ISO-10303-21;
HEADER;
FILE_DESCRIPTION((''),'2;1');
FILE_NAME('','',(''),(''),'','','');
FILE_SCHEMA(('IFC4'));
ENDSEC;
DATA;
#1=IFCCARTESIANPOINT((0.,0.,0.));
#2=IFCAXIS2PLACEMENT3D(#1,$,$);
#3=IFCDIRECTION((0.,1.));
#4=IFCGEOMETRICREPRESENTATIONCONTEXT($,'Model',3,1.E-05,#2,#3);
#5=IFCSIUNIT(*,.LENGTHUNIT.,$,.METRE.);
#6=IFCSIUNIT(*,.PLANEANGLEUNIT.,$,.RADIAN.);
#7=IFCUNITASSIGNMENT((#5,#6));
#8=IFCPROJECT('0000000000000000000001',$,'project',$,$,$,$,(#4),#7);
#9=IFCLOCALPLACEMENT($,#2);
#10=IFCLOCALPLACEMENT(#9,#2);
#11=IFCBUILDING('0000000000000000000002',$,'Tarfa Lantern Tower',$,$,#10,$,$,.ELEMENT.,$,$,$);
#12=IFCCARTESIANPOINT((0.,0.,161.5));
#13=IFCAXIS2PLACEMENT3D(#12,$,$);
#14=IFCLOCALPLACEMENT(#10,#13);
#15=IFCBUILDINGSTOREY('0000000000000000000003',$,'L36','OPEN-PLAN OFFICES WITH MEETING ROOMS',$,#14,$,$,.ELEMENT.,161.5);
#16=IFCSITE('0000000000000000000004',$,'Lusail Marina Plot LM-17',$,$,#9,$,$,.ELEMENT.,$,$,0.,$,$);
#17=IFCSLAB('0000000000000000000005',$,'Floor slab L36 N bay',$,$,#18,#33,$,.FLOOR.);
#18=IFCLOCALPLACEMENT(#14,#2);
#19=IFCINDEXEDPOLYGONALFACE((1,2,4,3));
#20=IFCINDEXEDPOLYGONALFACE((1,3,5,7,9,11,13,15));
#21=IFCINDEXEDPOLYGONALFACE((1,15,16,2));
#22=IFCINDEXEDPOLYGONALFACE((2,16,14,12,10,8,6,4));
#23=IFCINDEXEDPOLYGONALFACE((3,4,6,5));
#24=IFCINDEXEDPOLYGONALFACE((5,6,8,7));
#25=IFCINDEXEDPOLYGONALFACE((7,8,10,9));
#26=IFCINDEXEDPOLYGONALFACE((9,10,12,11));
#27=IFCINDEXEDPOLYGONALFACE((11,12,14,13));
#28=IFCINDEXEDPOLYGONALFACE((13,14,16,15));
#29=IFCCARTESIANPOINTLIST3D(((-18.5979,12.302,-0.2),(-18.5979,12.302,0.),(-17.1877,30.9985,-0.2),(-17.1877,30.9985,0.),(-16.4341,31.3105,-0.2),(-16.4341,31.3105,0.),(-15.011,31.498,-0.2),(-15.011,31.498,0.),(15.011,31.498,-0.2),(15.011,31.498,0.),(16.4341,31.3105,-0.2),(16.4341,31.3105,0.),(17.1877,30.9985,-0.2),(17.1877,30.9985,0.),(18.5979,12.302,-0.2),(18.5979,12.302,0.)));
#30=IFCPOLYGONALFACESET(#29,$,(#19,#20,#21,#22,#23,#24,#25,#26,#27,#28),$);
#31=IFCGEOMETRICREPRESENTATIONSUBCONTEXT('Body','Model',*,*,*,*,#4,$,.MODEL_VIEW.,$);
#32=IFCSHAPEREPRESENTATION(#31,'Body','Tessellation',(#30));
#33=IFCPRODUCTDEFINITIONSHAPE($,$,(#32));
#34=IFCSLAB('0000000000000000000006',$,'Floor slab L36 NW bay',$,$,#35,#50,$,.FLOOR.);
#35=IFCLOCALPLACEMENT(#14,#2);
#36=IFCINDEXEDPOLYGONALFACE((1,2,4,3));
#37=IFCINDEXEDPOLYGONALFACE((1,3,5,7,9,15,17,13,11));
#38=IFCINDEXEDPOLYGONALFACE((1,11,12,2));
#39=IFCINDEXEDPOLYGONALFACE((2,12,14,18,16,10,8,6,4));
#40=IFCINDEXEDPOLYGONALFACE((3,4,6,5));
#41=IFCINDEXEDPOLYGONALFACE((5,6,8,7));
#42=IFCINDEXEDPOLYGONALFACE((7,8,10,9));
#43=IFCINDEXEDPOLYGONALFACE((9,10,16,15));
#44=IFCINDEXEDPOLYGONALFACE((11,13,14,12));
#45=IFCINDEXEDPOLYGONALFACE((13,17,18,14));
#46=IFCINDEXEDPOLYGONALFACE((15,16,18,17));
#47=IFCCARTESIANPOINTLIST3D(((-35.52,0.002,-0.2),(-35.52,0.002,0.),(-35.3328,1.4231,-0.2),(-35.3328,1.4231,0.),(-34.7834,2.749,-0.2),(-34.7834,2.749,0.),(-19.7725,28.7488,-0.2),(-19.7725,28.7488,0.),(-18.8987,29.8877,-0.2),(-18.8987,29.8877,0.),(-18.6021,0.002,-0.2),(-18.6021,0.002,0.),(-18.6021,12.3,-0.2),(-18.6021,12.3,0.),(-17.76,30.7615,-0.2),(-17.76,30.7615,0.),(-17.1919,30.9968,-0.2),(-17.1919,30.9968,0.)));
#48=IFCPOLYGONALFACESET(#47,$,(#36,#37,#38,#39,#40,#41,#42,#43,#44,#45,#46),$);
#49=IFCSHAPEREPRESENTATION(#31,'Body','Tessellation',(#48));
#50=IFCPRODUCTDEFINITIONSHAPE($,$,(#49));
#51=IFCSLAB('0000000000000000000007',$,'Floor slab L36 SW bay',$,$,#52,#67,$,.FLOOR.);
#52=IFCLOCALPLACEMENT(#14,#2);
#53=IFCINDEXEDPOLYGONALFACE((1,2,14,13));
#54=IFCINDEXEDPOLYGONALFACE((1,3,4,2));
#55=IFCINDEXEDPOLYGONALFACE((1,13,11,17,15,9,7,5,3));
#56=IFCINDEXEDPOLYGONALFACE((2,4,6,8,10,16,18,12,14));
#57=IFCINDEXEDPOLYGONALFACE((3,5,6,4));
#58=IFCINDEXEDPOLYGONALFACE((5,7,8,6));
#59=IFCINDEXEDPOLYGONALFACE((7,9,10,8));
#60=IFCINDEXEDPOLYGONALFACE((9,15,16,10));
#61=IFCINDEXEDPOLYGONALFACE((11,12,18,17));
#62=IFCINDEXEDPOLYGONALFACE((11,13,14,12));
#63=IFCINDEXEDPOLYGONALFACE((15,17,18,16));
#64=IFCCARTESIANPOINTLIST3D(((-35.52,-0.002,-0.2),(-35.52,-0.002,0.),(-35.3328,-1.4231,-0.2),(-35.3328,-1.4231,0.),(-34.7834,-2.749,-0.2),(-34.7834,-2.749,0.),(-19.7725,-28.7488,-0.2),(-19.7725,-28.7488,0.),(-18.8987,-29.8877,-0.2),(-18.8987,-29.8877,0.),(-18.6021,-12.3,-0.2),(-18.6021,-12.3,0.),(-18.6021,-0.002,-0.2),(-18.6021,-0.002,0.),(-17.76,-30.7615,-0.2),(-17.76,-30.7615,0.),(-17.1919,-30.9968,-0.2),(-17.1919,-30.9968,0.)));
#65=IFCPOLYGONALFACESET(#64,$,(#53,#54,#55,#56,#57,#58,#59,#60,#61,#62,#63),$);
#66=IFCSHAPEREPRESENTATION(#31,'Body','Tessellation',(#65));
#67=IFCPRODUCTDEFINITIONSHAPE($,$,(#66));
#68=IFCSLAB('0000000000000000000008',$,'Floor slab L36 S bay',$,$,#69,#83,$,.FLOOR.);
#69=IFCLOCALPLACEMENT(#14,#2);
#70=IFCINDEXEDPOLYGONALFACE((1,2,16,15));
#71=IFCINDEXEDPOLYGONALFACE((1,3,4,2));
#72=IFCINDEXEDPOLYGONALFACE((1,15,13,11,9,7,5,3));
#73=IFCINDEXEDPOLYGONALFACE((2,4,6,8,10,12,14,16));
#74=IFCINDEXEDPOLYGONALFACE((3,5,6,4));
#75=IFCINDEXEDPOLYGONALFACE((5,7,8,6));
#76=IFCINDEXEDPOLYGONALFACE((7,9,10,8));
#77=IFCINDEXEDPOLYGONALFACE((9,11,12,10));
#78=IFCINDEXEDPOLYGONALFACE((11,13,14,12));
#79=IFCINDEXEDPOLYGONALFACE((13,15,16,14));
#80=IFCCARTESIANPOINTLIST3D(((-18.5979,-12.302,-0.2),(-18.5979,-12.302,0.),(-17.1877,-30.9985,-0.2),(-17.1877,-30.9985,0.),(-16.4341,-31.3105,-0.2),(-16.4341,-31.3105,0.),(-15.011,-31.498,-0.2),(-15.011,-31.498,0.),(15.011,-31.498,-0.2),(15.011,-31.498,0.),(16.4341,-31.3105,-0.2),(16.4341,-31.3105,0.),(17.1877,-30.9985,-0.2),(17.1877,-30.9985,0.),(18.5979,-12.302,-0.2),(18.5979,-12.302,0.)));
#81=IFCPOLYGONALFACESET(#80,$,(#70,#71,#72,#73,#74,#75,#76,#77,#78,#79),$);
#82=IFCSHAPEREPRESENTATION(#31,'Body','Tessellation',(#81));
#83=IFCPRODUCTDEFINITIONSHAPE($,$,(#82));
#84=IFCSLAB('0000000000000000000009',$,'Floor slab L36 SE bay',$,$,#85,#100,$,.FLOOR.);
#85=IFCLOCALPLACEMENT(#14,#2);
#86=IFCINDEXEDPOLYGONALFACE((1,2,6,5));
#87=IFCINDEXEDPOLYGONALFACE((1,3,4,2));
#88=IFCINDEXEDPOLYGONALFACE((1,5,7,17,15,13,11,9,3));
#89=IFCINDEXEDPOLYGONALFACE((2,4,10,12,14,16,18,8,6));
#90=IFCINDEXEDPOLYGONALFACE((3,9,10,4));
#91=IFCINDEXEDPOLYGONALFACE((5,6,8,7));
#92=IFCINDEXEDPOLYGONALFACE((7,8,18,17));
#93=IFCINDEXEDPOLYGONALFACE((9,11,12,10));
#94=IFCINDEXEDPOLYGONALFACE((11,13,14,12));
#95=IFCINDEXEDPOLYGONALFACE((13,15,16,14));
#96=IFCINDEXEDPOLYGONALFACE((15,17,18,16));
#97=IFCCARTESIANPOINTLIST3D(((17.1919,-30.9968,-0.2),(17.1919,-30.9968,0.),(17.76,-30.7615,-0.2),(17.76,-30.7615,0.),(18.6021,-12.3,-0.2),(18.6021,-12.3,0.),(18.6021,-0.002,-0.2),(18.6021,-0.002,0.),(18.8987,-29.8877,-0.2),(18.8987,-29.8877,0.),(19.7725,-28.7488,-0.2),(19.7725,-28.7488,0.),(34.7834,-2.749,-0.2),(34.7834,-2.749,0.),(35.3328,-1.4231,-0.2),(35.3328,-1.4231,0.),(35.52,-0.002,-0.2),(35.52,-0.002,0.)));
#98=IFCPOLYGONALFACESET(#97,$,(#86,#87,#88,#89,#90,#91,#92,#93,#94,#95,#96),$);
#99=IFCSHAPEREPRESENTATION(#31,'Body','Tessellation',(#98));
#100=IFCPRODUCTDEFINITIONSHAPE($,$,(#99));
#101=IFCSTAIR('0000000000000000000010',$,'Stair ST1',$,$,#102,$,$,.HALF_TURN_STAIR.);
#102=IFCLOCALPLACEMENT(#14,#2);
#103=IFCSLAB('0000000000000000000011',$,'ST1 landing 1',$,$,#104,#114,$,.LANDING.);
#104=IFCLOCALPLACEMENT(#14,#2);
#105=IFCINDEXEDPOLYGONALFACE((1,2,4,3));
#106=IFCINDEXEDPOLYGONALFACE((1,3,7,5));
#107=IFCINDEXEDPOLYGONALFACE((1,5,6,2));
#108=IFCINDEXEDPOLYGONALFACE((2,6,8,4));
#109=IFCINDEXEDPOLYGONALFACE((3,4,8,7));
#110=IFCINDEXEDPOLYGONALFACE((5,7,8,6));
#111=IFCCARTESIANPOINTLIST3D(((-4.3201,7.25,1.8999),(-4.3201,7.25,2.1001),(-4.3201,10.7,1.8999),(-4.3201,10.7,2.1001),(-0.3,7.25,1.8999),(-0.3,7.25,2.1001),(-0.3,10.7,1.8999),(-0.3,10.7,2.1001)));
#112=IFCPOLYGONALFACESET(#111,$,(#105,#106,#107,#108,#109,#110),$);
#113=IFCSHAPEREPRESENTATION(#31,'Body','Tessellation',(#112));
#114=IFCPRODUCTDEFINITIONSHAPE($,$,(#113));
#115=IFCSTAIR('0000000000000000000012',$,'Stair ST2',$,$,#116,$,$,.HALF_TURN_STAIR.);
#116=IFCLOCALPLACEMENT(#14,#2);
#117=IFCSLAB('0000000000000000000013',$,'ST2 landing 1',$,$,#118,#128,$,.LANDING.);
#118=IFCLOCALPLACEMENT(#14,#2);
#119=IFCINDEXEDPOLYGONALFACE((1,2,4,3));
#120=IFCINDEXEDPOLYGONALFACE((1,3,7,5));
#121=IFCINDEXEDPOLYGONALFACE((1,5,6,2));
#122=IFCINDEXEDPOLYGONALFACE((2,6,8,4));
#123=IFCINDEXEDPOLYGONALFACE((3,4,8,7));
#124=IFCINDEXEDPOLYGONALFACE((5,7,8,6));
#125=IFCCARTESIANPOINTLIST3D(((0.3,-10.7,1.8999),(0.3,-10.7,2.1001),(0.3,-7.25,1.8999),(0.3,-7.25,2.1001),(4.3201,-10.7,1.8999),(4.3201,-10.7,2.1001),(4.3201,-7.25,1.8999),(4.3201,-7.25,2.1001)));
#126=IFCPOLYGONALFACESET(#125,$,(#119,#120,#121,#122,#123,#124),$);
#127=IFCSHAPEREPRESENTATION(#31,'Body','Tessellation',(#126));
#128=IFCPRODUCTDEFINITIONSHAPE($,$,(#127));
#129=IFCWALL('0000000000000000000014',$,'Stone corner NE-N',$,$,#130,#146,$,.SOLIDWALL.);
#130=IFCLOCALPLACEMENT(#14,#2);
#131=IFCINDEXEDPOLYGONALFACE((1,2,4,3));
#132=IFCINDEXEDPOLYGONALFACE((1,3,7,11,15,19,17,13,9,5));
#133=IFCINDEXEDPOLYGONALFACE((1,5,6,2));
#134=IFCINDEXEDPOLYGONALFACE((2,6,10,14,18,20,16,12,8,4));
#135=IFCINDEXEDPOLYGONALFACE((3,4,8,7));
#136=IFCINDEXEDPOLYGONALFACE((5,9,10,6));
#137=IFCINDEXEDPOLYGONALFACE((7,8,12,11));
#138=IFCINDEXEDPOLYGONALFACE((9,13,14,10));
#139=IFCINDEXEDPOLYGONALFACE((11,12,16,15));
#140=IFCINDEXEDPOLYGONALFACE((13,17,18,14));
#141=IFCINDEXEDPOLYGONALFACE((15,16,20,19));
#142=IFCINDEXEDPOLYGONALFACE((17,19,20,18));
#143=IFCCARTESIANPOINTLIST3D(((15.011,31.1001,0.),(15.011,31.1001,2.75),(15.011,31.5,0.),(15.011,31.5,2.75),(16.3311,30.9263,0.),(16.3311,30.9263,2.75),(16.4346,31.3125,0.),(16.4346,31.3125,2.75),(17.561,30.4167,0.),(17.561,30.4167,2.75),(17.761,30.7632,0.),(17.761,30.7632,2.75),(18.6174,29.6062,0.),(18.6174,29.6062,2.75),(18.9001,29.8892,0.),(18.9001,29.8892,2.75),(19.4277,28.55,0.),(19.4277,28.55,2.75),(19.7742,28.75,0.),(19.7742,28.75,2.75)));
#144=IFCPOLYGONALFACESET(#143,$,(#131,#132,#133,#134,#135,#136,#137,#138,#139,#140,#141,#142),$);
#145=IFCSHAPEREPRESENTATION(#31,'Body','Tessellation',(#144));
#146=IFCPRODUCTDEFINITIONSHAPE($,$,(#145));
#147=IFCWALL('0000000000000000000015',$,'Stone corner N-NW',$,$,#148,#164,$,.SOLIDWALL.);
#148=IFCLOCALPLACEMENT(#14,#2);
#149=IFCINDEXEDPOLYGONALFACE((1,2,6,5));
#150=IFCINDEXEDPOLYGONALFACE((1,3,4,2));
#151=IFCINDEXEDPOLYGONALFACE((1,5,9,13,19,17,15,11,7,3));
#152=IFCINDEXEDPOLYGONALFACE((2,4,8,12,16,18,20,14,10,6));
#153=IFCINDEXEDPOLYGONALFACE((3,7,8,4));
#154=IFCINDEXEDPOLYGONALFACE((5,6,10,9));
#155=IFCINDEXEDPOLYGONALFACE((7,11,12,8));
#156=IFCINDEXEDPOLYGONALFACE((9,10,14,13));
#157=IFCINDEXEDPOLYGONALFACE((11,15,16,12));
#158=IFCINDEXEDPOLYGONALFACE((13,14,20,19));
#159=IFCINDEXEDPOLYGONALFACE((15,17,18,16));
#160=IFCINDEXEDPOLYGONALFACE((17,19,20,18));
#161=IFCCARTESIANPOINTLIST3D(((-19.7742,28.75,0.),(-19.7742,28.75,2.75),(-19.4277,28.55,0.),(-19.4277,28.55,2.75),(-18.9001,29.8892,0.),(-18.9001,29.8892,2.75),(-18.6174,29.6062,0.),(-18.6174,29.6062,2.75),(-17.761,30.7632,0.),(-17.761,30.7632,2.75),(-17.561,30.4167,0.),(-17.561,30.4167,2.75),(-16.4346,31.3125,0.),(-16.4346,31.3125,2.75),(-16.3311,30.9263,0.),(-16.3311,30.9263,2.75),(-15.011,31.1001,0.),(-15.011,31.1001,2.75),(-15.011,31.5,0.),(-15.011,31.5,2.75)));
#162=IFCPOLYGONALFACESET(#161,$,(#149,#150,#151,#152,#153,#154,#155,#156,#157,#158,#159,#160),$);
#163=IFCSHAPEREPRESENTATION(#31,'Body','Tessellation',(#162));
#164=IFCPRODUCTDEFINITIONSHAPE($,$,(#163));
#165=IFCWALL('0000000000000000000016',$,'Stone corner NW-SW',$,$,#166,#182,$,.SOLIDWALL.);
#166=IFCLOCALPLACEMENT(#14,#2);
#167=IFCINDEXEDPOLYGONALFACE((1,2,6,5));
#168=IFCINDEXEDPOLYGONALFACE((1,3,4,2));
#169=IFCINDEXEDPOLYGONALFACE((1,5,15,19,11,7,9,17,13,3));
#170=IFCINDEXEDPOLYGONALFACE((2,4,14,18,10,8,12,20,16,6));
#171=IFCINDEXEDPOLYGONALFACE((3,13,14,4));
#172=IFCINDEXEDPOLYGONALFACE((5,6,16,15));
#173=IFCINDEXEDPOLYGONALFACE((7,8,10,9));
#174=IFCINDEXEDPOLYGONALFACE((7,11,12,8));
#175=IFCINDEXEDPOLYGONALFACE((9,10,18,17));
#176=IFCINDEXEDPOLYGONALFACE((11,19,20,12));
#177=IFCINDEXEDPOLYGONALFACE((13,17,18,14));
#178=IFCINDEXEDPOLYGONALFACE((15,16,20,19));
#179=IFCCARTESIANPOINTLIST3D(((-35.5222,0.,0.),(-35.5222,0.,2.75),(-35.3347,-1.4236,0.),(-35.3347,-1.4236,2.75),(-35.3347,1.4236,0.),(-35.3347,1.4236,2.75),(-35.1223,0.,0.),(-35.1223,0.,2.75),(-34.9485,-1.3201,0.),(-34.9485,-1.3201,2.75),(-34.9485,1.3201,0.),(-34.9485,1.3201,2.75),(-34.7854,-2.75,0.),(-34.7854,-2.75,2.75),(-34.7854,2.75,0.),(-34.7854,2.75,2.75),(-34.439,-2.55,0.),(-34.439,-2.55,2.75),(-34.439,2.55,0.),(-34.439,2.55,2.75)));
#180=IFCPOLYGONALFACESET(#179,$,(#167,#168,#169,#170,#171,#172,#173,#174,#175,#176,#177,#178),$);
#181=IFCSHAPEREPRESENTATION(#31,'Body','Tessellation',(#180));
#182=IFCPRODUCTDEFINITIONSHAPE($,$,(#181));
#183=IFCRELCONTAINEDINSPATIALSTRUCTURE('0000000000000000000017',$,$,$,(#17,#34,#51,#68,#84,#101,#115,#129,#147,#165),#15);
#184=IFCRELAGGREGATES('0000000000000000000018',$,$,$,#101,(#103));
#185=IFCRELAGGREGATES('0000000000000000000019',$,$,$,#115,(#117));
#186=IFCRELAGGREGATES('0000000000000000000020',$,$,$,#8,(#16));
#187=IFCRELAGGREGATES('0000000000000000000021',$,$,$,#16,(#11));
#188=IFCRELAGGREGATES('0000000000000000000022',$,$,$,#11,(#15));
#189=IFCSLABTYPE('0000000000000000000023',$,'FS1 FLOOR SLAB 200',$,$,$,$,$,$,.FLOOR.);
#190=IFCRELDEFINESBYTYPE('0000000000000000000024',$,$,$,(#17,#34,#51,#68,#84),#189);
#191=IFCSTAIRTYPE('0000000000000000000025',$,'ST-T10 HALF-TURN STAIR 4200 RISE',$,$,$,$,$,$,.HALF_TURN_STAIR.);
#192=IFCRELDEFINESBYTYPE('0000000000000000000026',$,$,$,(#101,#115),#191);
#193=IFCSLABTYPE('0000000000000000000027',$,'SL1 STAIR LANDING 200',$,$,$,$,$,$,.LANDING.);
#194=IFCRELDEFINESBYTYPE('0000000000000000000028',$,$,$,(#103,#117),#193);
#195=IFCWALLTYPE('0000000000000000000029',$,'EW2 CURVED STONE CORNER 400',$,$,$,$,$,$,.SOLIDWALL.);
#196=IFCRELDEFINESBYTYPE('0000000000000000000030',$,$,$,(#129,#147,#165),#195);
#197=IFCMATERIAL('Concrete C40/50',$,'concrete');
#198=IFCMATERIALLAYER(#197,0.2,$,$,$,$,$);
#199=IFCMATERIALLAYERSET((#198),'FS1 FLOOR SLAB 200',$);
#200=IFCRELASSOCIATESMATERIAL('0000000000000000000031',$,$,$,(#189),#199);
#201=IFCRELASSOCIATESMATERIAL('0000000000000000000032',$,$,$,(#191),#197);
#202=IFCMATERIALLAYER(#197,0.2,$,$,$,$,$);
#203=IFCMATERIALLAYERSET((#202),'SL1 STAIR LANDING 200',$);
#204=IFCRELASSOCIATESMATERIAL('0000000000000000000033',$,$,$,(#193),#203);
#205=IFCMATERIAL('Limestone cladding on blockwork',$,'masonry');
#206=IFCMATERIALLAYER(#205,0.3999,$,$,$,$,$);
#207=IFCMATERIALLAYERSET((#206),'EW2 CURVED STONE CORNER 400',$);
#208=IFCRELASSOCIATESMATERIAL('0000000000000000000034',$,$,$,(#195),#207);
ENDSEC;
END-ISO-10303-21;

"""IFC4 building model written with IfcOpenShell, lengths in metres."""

from ifc_helpers import new_model, si_unit, direction, frame, origin, place, context, subcontext, project, spatial, polyline, outline, extrude, material, layer, layer_set, type_object, element, aggregate, save


model = new_model("IFC4")

# Units and contexts
model_context = context("Model", 3, precision=1e-05, world=origin(), true_north=direction((0.0, 1.0)))
body_context = subcontext(model_context, "Body", "Model", "MODEL_VIEW")
ifc_project = project(units=[si_unit("LENGTHUNIT", "METRE"), si_unit("PLANEANGLEUNIT", "RADIAN")], contexts=[model_context])

# Site, building, storey
site_placement = place(None, origin())
site = spatial("IfcSite", under=ifc_project, at=site_placement, Name="Lusail Marina Plot LM-17", CompositionType="ELEMENT", RefElevation=0.0)
building_placement = place(site_placement, origin())
building = spatial("IfcBuilding", under=site, at=building_placement, Name="Tarfa Lantern Tower", CompositionType="ELEMENT")
storey_placement = place(building_placement, frame((0.0, 0.0, 161.5)))
storey = spatial("IfcBuildingStorey", under=building, at=storey_placement, Name="L36", Description="OPEN-PLAN OFFICES WITH MEETING ROOMS", CompositionType="ELEMENT", Elevation=161.5)

# Slabs
ifc_material_1 = material(Name="Concrete C40/50", Category="concrete")
ifc_layer_1 = layer(ifc_material_1, 0.2)
ifc_layer_set_1 = layer_set([ifc_layer_1], Name="FS1 FLOOR SLAB 200")
slab_type_1 = type_object("IfcSlabType", Name="FS1 FLOOR SLAB 200", PredefinedType="FLOOR", material=ifc_layer_set_1)
slab_1_placement = place(storey_placement, frame((0.0, 0.0, -0.2)))
element("IfcSlab", 1, at=slab_1_placement, inside=storey, type_object=slab_type_1, Name="Floor slab L36 N bay", PredefinedType="FLOOR", context=body_context, shape_type="SweptSolid", body=[
    extrude(outline(polyline([(-18.5979, 12.302), (18.5979, 12.302), (17.1877, 30.9985), (16.4341, 31.3105), (15.011, 31.498), (-15.011, 31.498), (-16.4341, 31.3105), (-17.1877, 30.9985), (-18.5979, 12.302)])), origin(), (0.0, 0.0, 1.0), 0.2),
])
slab_2_placement = place(storey_placement, frame((0.0, 0.0, -0.2)))
element("IfcSlab", 2, at=slab_2_placement, inside=storey, type_object=slab_type_1, Name="Floor slab L36 NW bay", PredefinedType="FLOOR", context=body_context, shape_type="SweptSolid", body=[
    extrude(outline(polyline([(-18.6021, 0.002), (-18.6021, 12.3), (-17.1919, 30.9968), (-17.76, 30.7615), (-18.8987, 29.8877), (-19.7725, 28.7488), (-34.7834, 2.749), (-35.3328, 1.4231), (-35.52, 0.002), (-18.6021, 0.002)])), origin(), (0.0, 0.0, 1.0), 0.2),
])
slab_3_placement = place(storey_placement, frame((0.0, 0.0, -0.2)))
element("IfcSlab", 3, at=slab_3_placement, inside=storey, type_object=slab_type_1, Name="Floor slab L36 SW bay", PredefinedType="FLOOR", context=body_context, shape_type="SweptSolid", body=[
    extrude(outline(polyline([(-18.6021, -12.3), (-18.6021, -0.002), (-35.52, -0.002), (-35.3328, -1.4231), (-34.7834, -2.749), (-19.7725, -28.7488), (-18.8987, -29.8877), (-17.76, -30.7615), (-17.1919, -30.9968), (-18.6021, -12.3)])), origin(), (0.0, 0.0, 1.0), 0.2),
])
slab_4_placement = place(storey_placement, frame((0.0, 0.0, -0.2)))
element("IfcSlab", 4, at=slab_4_placement, inside=storey, type_object=slab_type_1, Name="Floor slab L36 S bay", PredefinedType="FLOOR", context=body_context, shape_type="SweptSolid", body=[
    extrude(outline(polyline([(18.5979, -12.302), (-18.5979, -12.302), (-17.1877, -30.9985), (-16.4341, -31.3105), (-15.011, -31.498), (15.011, -31.498), (16.4341, -31.3105), (17.1877, -30.9985), (18.5979, -12.302)])), origin(), (0.0, 0.0, 1.0), 0.2),
])
slab_5_placement = place(storey_placement, frame((0.0, 0.0, -0.2)))
element("IfcSlab", 5, at=slab_5_placement, inside=storey, type_object=slab_type_1, Name="Floor slab L36 SE bay", PredefinedType="FLOOR", context=body_context, shape_type="SweptSolid", body=[
    extrude(outline(polyline([(18.6021, -0.002), (18.6021, -12.3), (17.1919, -30.9968), (17.76, -30.7615), (18.8987, -29.8877), (19.7725, -28.7488), (34.7834, -2.749), (35.3328, -1.4231), (35.52, -0.002), (18.6021, -0.002)])), origin(), (0.0, 0.0, 1.0), 0.2),
])

# Stairs, slabs
stair_type = type_object("IfcStairType", Name="ST-T10 HALF-TURN STAIR 4200 RISE", PredefinedType="HALF_TURN_STAIR", material=ifc_material_1)
stair_1_placement = place(storey_placement, origin())
stair_1 = element("IfcStair", 6, at=stair_1_placement, inside=storey, type_object=stair_type, Name="Stair ST1", PredefinedType="HALF_TURN_STAIR")
ifc_layer_2 = layer(ifc_material_1, 0.2)
ifc_layer_set_2 = layer_set([ifc_layer_2], Name="SL1 STAIR LANDING 200")
slab_type_2 = type_object("IfcSlabType", Name="SL1 STAIR LANDING 200", PredefinedType="LANDING", material=ifc_layer_set_2)
slab_6_placement = place(storey_placement, frame((0.0, 0.0, 1.8999)))
slab_6 = element("IfcSlab", 7, at=slab_6_placement, type_object=slab_type_2, Name="ST1 landing 1", PredefinedType="LANDING", context=body_context, shape_type="SweptSolid", body=[
    extrude(outline(polyline([(-4.3201, 7.25), (-0.3, 7.25), (-0.3, 10.7), (-4.3201, 10.7), (-4.3201, 7.25)])), origin(), (0.0, 0.0, 1.0), 0.2002),
])
aggregate(stair_1, [slab_6])
stair_2_placement = place(storey_placement, origin())
stair_2 = element("IfcStair", 8, at=stair_2_placement, inside=storey, type_object=stair_type, Name="Stair ST2", PredefinedType="HALF_TURN_STAIR")
slab_7_placement = place(storey_placement, frame((0.0, 0.0, 1.8999)))
slab_7 = element("IfcSlab", 9, at=slab_7_placement, type_object=slab_type_2, Name="ST2 landing 1", PredefinedType="LANDING", context=body_context, shape_type="SweptSolid", body=[
    extrude(outline(polyline([(4.3201, -7.25), (0.3, -7.25), (0.3, -10.7), (4.3201, -10.7), (4.3201, -7.25)])), origin(), (0.0, 0.0, 1.0), 0.2002),
])
aggregate(stair_2, [slab_7])

# Walls
ifc_material_2 = material(Name="Limestone cladding on blockwork", Category="masonry")
ifc_layer_3 = layer(ifc_material_2, 0.3999)
ifc_layer_set_3 = layer_set([ifc_layer_3], Name="EW2 CURVED STONE CORNER 400")
wall_type_1 = type_object("IfcWallType", Name="EW2 CURVED STONE CORNER 400", PredefinedType="SOLIDWALL", material=ifc_layer_set_3)
wall_1_placement = place(storey_placement, origin())
element("IfcWall", 10, at=wall_1_placement, inside=storey, type_object=wall_type_1, Name="Stone corner NE-N", PredefinedType="SOLIDWALL", context=body_context, shape_type="SweptSolid", body=[
    extrude(outline(polyline([(19.7742, 28.75), (18.9001, 29.8892), (17.761, 30.7632), (16.4346, 31.3125), (15.011, 31.5), (15.011, 31.1001), (16.3311, 30.9263), (17.561, 30.4167), (18.6174, 29.6062), (19.4277, 28.55), (19.7742, 28.75)])), origin(), (0.0, 0.0, 1.0), 2.75),
])
wall_2_placement = place(storey_placement, origin())
element("IfcWall", 11, at=wall_2_placement, inside=storey, type_object=wall_type_1, Name="Stone corner N-NW", PredefinedType="SOLIDWALL", context=body_context, shape_type="SweptSolid", body=[
    extrude(outline(polyline([(-15.011, 31.5), (-16.4346, 31.3125), (-17.761, 30.7632), (-18.9001, 29.8892), (-19.7742, 28.75), (-19.4277, 28.55), (-18.6174, 29.6062), (-17.561, 30.4167), (-16.3311, 30.9263), (-15.011, 31.1001), (-15.011, 31.5)])), origin(), (0.0, 0.0, 1.0), 2.75),
])
wall_3_placement = place(storey_placement, origin())
element("IfcWall", 12, at=wall_3_placement, inside=storey, type_object=wall_type_1, Name="Stone corner NW-SW", PredefinedType="SOLIDWALL", context=body_context, shape_type="SweptSolid", body=[
    extrude(outline(polyline([(-34.7854, 2.75), (-35.3347, 1.4236), (-35.5222, 0.0), (-35.3347, -1.4236), (-34.7854, -2.75), (-34.439, -2.55), (-34.9485, -1.3201), (-35.1223, 0.0), (-34.9485, 1.3201), (-34.439, 2.55), (-34.7854, 2.75)])), origin(), (0.0, 0.0, 1.0), 2.75),
])

save(model, "model.ifc")
